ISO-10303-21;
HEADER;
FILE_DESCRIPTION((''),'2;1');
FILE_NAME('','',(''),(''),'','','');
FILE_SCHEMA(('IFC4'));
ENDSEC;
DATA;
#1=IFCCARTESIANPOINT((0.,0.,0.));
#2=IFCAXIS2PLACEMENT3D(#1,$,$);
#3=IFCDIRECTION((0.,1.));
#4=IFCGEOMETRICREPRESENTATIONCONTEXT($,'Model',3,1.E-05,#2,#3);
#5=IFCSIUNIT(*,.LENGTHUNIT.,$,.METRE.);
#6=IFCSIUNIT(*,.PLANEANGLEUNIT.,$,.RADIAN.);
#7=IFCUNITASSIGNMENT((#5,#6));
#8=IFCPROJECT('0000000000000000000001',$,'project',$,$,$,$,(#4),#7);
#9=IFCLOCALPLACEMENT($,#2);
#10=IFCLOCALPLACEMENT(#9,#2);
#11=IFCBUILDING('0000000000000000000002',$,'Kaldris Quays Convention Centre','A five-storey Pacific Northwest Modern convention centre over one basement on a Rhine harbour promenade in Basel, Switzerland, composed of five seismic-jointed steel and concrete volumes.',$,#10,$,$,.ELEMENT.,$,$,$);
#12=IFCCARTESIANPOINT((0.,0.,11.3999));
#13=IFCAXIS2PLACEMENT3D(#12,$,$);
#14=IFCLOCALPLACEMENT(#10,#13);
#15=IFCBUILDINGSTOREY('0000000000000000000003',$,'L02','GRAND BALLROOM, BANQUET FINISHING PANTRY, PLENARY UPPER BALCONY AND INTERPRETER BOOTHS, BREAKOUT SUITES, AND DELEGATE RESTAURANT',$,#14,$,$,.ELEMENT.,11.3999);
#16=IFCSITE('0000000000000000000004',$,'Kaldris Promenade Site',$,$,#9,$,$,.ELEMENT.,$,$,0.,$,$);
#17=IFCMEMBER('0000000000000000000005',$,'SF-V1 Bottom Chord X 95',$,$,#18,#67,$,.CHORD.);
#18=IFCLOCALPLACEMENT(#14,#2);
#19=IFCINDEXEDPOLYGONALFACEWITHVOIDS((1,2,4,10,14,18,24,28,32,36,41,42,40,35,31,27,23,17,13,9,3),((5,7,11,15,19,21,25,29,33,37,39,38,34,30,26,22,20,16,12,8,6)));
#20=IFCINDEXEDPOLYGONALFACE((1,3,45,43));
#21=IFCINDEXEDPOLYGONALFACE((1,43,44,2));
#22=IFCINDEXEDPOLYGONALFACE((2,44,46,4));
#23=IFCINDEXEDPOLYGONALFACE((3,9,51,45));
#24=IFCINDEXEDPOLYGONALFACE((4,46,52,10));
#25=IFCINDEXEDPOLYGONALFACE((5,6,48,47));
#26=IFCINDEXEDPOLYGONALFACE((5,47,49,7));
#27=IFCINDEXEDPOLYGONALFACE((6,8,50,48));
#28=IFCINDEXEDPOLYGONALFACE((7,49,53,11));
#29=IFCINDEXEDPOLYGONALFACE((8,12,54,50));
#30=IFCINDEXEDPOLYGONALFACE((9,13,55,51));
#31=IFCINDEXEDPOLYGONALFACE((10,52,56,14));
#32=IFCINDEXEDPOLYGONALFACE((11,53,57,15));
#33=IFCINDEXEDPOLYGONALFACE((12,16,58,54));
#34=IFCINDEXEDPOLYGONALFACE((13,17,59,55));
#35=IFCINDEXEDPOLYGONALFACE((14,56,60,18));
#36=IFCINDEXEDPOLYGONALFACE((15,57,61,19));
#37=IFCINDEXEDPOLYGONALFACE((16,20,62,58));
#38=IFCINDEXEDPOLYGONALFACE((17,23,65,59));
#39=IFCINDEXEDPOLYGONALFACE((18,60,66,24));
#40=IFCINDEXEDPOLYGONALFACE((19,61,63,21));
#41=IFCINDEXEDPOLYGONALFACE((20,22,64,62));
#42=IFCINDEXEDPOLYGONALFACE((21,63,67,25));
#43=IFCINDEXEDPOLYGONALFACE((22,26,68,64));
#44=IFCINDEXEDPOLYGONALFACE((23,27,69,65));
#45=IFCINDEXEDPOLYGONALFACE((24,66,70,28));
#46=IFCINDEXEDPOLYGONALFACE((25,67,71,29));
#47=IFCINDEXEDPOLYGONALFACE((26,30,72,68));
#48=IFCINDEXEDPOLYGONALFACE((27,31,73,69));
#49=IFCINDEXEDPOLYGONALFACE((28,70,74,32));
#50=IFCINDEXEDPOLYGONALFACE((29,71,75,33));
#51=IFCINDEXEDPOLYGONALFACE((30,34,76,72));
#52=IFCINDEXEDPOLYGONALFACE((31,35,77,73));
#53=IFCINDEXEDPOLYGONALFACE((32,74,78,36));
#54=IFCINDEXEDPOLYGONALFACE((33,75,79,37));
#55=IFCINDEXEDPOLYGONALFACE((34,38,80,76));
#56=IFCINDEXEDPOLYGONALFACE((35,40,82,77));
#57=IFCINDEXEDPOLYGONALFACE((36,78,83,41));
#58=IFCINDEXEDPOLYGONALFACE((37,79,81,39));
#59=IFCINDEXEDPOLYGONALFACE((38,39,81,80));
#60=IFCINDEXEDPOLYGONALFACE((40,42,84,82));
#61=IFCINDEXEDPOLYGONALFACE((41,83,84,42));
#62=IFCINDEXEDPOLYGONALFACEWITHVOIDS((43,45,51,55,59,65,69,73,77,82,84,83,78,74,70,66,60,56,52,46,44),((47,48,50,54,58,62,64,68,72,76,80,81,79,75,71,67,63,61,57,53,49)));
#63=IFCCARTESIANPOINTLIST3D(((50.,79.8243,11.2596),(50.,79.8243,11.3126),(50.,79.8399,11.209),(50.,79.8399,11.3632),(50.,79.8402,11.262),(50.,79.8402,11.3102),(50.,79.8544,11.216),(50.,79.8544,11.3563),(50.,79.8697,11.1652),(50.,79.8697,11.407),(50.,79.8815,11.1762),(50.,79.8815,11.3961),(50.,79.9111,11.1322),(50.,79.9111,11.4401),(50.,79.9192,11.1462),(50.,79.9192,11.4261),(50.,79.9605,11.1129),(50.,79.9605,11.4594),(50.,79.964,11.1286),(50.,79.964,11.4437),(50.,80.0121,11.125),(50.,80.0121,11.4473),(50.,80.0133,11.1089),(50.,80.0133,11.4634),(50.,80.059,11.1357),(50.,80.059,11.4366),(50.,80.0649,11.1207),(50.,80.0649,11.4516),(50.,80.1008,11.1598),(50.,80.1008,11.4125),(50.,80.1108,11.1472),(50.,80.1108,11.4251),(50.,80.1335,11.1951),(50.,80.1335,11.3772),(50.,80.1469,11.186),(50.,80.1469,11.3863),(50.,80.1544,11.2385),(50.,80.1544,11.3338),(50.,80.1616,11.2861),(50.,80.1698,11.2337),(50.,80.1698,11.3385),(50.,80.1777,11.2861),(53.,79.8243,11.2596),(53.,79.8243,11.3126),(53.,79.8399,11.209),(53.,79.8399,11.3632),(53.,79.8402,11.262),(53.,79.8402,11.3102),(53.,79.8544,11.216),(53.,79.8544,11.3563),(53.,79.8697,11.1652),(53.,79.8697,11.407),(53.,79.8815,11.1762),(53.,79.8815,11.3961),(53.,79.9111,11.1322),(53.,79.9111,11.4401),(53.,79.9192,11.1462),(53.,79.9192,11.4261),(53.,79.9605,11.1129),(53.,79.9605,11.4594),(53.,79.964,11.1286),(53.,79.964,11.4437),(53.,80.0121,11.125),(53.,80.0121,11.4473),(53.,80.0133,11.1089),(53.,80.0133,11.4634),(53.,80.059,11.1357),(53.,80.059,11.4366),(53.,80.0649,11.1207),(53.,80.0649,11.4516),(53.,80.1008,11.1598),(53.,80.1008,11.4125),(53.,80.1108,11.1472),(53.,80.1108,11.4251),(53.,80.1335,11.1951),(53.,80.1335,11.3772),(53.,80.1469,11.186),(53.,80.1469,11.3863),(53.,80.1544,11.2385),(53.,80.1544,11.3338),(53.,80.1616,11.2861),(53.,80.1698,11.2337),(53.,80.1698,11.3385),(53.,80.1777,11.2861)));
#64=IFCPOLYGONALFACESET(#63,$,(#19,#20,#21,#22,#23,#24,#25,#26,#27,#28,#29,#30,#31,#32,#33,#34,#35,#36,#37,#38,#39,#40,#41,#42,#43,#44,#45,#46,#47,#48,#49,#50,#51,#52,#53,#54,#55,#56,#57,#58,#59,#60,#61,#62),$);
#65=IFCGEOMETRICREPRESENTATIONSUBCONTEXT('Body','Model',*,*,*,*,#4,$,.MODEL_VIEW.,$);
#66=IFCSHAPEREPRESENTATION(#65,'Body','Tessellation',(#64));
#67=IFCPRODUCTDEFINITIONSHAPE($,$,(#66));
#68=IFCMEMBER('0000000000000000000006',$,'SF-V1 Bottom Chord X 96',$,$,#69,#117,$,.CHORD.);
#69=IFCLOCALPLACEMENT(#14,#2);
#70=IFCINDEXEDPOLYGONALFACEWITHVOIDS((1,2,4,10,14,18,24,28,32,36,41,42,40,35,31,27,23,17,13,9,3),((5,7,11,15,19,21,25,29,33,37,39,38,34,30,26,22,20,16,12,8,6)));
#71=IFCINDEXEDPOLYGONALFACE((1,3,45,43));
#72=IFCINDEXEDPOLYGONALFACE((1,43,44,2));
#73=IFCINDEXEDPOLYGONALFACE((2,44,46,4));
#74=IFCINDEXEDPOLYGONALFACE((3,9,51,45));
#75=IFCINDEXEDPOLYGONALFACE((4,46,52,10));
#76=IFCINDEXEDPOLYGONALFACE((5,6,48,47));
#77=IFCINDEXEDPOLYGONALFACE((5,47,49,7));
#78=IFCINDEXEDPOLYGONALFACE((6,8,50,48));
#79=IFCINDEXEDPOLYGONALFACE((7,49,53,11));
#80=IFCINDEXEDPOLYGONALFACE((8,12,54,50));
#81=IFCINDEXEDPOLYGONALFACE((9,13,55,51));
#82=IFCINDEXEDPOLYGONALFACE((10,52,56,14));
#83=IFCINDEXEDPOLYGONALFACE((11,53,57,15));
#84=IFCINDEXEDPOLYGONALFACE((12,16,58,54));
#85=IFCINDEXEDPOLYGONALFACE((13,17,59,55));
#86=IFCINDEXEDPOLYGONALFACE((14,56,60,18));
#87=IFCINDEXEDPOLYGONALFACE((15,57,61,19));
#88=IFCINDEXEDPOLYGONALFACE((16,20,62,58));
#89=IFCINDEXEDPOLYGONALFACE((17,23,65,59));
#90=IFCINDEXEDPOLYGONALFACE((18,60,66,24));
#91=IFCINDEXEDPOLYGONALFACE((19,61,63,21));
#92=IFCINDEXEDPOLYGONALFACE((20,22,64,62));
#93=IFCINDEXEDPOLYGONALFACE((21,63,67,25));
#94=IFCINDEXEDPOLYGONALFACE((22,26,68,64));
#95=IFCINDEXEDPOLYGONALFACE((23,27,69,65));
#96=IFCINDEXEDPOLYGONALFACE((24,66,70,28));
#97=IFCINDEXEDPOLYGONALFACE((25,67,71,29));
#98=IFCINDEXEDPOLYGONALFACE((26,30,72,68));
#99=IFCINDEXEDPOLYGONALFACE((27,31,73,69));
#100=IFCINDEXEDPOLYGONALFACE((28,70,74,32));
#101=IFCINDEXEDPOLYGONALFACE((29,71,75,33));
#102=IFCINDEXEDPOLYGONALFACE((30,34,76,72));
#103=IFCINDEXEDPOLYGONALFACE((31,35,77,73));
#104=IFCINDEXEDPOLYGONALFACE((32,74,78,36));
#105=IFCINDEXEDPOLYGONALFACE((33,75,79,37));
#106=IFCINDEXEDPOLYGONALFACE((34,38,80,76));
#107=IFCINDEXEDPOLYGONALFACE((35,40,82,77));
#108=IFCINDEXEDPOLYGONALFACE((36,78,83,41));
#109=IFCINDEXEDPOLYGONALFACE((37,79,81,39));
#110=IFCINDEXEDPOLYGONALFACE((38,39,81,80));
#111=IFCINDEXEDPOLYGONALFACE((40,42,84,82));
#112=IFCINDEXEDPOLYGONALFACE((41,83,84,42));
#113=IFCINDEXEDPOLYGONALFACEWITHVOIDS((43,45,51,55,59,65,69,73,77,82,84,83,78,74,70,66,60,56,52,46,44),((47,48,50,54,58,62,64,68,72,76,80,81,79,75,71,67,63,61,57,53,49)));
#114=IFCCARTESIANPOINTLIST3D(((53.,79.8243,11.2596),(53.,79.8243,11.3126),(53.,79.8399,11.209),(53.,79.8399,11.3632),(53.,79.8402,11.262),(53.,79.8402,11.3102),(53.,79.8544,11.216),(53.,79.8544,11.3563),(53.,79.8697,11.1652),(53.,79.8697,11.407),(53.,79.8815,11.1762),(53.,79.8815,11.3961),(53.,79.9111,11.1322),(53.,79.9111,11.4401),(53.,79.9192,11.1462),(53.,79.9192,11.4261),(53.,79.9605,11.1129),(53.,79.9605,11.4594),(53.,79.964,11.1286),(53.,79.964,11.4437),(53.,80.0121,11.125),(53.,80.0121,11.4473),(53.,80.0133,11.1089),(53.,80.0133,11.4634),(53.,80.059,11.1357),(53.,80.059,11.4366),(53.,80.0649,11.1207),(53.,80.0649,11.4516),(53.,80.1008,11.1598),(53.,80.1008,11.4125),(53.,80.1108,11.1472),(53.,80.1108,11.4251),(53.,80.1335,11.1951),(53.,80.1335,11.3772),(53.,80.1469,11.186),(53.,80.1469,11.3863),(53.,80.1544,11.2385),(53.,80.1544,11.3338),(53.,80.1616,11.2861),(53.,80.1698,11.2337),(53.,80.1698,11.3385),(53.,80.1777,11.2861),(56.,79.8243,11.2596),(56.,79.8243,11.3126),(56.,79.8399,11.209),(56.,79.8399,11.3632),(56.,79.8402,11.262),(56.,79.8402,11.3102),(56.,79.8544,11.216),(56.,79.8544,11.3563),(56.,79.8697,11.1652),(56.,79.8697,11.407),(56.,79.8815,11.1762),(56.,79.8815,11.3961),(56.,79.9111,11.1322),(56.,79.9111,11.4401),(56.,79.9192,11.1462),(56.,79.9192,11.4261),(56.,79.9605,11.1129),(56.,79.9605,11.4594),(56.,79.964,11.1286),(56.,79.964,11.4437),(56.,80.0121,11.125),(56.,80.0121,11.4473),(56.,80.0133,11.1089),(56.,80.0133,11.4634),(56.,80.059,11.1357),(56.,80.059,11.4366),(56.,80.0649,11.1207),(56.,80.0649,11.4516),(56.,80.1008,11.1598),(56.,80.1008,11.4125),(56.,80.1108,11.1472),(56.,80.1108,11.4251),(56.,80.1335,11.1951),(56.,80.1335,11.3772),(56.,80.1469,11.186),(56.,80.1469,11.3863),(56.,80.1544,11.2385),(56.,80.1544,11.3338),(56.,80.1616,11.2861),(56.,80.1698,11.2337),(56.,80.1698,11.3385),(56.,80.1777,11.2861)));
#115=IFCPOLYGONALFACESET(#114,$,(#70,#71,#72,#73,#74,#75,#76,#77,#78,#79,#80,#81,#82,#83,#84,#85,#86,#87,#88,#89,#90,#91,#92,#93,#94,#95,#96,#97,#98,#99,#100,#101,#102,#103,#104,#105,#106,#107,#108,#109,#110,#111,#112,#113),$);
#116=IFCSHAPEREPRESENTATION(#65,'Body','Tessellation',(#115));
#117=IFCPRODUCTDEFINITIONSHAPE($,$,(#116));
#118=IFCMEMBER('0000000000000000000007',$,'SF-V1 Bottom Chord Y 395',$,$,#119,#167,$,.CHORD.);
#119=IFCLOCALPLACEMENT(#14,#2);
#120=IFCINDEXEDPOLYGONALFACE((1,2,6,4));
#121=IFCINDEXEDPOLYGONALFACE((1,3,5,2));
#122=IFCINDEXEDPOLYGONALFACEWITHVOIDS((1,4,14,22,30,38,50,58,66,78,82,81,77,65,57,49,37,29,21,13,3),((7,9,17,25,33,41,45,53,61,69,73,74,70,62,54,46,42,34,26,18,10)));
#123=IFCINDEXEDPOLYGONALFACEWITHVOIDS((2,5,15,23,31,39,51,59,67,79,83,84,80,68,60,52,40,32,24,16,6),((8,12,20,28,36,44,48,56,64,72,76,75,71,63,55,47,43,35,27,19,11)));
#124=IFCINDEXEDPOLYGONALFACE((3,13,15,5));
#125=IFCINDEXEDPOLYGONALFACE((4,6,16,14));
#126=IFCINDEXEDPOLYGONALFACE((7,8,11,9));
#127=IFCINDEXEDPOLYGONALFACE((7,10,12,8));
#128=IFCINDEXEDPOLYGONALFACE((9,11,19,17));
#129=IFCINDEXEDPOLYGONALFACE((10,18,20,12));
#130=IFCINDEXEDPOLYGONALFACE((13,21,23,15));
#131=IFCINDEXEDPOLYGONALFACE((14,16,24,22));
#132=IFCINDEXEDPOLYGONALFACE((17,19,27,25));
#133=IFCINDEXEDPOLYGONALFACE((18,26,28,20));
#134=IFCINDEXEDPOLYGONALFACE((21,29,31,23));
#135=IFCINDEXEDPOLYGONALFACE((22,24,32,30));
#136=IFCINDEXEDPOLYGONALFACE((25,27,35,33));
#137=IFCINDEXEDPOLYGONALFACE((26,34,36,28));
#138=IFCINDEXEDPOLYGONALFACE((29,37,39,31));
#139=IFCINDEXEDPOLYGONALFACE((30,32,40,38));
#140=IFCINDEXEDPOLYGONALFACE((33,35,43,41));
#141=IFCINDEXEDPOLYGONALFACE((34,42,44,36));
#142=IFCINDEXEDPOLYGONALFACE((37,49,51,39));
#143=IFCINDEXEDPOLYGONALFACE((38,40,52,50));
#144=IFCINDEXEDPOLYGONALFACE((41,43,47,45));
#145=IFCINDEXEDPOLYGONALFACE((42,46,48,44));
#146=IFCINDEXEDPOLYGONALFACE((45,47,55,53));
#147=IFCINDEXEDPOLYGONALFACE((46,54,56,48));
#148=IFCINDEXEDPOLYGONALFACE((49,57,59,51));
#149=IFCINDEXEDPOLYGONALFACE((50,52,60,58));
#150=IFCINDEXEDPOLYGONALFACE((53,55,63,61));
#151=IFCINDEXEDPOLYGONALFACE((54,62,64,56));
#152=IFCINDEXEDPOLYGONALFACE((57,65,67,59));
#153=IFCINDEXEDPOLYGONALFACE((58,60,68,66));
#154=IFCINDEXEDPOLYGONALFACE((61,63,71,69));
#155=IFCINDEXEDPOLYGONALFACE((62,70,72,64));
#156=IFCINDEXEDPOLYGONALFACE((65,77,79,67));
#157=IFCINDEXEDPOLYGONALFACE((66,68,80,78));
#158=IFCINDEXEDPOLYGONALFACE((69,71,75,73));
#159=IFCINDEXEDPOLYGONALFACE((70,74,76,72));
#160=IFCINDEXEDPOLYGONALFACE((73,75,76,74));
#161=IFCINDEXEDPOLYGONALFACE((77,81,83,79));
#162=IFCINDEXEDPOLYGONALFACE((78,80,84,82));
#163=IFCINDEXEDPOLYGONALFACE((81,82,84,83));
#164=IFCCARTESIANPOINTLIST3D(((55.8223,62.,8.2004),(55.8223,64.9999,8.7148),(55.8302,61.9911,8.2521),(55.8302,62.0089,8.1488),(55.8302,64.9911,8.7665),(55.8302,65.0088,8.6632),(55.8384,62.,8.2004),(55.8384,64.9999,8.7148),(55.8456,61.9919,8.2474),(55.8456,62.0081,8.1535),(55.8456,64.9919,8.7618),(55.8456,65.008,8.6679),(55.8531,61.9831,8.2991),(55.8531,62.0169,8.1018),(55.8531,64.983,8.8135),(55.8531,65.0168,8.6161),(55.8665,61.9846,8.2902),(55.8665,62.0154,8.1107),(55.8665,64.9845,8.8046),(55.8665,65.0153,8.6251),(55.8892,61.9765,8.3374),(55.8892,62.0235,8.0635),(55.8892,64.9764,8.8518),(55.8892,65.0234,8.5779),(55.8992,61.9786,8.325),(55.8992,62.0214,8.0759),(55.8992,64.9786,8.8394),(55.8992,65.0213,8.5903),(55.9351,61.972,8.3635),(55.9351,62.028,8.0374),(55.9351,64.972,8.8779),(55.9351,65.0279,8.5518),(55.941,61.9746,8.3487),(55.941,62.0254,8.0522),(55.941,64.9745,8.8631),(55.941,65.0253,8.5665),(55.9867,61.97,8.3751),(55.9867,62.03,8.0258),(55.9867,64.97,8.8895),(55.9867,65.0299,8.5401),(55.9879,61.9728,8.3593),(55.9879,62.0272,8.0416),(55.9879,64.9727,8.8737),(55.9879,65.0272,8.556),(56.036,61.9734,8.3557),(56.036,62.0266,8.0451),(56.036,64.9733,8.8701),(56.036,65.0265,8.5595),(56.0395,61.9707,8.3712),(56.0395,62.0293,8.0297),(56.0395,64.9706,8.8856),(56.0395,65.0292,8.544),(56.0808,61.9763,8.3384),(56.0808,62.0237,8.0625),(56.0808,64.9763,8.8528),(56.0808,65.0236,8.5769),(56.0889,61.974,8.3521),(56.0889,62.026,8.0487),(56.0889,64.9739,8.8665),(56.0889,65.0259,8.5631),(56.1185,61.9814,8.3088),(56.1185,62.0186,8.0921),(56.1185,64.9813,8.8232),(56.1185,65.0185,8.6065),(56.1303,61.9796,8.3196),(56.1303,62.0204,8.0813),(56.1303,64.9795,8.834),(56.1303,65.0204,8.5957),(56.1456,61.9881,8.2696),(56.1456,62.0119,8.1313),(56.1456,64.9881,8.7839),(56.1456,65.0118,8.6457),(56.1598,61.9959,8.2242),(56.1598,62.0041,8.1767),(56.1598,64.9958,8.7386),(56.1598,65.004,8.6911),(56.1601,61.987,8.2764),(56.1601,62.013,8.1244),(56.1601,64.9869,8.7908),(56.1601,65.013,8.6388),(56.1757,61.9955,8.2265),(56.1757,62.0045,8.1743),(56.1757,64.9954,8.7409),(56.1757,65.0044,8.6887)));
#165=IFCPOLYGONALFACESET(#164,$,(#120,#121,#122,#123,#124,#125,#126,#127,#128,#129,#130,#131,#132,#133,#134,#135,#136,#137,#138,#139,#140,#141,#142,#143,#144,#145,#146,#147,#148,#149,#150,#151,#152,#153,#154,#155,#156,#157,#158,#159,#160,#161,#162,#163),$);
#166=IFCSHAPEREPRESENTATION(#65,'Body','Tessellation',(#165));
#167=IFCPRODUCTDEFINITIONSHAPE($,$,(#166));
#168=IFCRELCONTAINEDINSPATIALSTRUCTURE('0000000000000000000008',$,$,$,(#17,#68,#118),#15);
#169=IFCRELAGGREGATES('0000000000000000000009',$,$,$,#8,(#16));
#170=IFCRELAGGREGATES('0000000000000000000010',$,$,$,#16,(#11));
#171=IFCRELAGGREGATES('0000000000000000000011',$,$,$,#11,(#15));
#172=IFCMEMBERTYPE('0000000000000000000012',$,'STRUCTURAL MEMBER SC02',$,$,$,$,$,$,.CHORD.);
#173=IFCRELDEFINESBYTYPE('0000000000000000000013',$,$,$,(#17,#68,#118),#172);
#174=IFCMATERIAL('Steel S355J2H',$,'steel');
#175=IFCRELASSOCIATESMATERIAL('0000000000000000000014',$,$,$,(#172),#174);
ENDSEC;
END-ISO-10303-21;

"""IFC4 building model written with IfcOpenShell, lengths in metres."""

from ifc_helpers import new_model, si_unit, direction, frame, origin, origin_2d, place, context, subcontext, project, spatial, hollow_circle, extrude, material, material_profile, profile_set, type_object, element, save


model = new_model("IFC4")

# Units and contexts
model_context = context("Model", 3, precision=1e-05, world=origin(), true_north=direction((0.0, 1.0)))
body_context = subcontext(model_context, "Body", "Model", "MODEL_VIEW")
ifc_project = project(units=[si_unit("LENGTHUNIT", "METRE"), si_unit("PLANEANGLEUNIT", "RADIAN")], contexts=[model_context])

# Site, building, storey
site_placement = place(None, origin())
site = spatial("IfcSite", under=ifc_project, at=site_placement, Name="Kaldris Promenade Site", CompositionType="ELEMENT", RefElevation=0.0)
building_placement = place(site_placement, origin())
building = spatial("IfcBuilding", under=site, at=building_placement, Name="Kaldris Quays Convention Centre", Description="A five-storey Pacific Northwest Modern convention centre over one basement on a Rhine harbour promenade in Basel, Switzerland, composed of five seismic-jointed steel and concrete volumes.", CompositionType="ELEMENT")
storey_placement = place(building_placement, frame((0.0, 0.0, 11.3999)))
storey = spatial("IfcBuildingStorey", under=building, at=storey_placement, Name="L02", Description="GRAND BALLROOM, BANQUET FINISHING PANTRY, PLENARY UPPER BALCONY AND INTERPRETER BOOTHS, BREAKOUT SUITES, AND DELEGATE RESTAURANT", CompositionType="ELEMENT", Elevation=11.3999)

# Members
ifc_material_1 = material(Name="Steel S355J2H", Category="steel")
ifc_material_profile_1 = material_profile(ifc_material_1, hollow_circle(Radius=0.1777, WallThickness=0.0161, at=origin_2d()), Name="CHS 355.6x16")
ifc_profile_set_1 = profile_set([ifc_material_profile_1], Name="Steel S355J2H")
member_type_1 = type_object("IfcMemberType", Name="STRUCTURAL MEMBER SC02", PredefinedType="CHORD", material=ifc_profile_set_1)
for number, where, z_axis, x_axis, name in (
    (1, (50.0, 80.0, 11.2861), (1.0, 0.0, 0.0), (0.0, 1.0, 0.0), "SF-V1 Bottom Chord X 95"),
    (2, (53.0, 80.0, 11.2861), (1.0, 0.0, 0.0), (0.0, 1.0, 0.0), "SF-V1 Bottom Chord X 96"),
):
    element("IfcMember", number, at=place(storey_placement, frame(where, z_axis=z_axis, x_axis=x_axis)), inside=storey, type_object=member_type_1, Name=name, PredefinedType="CHORD", context=body_context, shape_type="SweptSolid", body=[
        extrude(hollow_circle(Radius=0.1777, WallThickness=0.0161, at=origin_2d()), origin(), (0.0, 0.0, 1.0), 3.0),
    ])
for number, where, z_axis, x_axis, name in (
    (3, (56.0, 62.0, 8.2004), (0.0, 0.985616, 0.169002), (-1.0, 0.0, 0.0), "SF-V1 Bottom Chord Y 395"),
):
    element("IfcMember", number, at=place(storey_placement, frame(where, z_axis=z_axis, x_axis=x_axis)), inside=storey, type_object=member_type_1, Name=name, PredefinedType="CHORD", context=body_context, shape_type="SweptSolid", body=[
        extrude(hollow_circle(Radius=0.1777, WallThickness=0.0161, at=origin_2d()), origin(), (0.0, 0.0, 1.0), 3.0437),
    ])

save(model, "model.ifc")
